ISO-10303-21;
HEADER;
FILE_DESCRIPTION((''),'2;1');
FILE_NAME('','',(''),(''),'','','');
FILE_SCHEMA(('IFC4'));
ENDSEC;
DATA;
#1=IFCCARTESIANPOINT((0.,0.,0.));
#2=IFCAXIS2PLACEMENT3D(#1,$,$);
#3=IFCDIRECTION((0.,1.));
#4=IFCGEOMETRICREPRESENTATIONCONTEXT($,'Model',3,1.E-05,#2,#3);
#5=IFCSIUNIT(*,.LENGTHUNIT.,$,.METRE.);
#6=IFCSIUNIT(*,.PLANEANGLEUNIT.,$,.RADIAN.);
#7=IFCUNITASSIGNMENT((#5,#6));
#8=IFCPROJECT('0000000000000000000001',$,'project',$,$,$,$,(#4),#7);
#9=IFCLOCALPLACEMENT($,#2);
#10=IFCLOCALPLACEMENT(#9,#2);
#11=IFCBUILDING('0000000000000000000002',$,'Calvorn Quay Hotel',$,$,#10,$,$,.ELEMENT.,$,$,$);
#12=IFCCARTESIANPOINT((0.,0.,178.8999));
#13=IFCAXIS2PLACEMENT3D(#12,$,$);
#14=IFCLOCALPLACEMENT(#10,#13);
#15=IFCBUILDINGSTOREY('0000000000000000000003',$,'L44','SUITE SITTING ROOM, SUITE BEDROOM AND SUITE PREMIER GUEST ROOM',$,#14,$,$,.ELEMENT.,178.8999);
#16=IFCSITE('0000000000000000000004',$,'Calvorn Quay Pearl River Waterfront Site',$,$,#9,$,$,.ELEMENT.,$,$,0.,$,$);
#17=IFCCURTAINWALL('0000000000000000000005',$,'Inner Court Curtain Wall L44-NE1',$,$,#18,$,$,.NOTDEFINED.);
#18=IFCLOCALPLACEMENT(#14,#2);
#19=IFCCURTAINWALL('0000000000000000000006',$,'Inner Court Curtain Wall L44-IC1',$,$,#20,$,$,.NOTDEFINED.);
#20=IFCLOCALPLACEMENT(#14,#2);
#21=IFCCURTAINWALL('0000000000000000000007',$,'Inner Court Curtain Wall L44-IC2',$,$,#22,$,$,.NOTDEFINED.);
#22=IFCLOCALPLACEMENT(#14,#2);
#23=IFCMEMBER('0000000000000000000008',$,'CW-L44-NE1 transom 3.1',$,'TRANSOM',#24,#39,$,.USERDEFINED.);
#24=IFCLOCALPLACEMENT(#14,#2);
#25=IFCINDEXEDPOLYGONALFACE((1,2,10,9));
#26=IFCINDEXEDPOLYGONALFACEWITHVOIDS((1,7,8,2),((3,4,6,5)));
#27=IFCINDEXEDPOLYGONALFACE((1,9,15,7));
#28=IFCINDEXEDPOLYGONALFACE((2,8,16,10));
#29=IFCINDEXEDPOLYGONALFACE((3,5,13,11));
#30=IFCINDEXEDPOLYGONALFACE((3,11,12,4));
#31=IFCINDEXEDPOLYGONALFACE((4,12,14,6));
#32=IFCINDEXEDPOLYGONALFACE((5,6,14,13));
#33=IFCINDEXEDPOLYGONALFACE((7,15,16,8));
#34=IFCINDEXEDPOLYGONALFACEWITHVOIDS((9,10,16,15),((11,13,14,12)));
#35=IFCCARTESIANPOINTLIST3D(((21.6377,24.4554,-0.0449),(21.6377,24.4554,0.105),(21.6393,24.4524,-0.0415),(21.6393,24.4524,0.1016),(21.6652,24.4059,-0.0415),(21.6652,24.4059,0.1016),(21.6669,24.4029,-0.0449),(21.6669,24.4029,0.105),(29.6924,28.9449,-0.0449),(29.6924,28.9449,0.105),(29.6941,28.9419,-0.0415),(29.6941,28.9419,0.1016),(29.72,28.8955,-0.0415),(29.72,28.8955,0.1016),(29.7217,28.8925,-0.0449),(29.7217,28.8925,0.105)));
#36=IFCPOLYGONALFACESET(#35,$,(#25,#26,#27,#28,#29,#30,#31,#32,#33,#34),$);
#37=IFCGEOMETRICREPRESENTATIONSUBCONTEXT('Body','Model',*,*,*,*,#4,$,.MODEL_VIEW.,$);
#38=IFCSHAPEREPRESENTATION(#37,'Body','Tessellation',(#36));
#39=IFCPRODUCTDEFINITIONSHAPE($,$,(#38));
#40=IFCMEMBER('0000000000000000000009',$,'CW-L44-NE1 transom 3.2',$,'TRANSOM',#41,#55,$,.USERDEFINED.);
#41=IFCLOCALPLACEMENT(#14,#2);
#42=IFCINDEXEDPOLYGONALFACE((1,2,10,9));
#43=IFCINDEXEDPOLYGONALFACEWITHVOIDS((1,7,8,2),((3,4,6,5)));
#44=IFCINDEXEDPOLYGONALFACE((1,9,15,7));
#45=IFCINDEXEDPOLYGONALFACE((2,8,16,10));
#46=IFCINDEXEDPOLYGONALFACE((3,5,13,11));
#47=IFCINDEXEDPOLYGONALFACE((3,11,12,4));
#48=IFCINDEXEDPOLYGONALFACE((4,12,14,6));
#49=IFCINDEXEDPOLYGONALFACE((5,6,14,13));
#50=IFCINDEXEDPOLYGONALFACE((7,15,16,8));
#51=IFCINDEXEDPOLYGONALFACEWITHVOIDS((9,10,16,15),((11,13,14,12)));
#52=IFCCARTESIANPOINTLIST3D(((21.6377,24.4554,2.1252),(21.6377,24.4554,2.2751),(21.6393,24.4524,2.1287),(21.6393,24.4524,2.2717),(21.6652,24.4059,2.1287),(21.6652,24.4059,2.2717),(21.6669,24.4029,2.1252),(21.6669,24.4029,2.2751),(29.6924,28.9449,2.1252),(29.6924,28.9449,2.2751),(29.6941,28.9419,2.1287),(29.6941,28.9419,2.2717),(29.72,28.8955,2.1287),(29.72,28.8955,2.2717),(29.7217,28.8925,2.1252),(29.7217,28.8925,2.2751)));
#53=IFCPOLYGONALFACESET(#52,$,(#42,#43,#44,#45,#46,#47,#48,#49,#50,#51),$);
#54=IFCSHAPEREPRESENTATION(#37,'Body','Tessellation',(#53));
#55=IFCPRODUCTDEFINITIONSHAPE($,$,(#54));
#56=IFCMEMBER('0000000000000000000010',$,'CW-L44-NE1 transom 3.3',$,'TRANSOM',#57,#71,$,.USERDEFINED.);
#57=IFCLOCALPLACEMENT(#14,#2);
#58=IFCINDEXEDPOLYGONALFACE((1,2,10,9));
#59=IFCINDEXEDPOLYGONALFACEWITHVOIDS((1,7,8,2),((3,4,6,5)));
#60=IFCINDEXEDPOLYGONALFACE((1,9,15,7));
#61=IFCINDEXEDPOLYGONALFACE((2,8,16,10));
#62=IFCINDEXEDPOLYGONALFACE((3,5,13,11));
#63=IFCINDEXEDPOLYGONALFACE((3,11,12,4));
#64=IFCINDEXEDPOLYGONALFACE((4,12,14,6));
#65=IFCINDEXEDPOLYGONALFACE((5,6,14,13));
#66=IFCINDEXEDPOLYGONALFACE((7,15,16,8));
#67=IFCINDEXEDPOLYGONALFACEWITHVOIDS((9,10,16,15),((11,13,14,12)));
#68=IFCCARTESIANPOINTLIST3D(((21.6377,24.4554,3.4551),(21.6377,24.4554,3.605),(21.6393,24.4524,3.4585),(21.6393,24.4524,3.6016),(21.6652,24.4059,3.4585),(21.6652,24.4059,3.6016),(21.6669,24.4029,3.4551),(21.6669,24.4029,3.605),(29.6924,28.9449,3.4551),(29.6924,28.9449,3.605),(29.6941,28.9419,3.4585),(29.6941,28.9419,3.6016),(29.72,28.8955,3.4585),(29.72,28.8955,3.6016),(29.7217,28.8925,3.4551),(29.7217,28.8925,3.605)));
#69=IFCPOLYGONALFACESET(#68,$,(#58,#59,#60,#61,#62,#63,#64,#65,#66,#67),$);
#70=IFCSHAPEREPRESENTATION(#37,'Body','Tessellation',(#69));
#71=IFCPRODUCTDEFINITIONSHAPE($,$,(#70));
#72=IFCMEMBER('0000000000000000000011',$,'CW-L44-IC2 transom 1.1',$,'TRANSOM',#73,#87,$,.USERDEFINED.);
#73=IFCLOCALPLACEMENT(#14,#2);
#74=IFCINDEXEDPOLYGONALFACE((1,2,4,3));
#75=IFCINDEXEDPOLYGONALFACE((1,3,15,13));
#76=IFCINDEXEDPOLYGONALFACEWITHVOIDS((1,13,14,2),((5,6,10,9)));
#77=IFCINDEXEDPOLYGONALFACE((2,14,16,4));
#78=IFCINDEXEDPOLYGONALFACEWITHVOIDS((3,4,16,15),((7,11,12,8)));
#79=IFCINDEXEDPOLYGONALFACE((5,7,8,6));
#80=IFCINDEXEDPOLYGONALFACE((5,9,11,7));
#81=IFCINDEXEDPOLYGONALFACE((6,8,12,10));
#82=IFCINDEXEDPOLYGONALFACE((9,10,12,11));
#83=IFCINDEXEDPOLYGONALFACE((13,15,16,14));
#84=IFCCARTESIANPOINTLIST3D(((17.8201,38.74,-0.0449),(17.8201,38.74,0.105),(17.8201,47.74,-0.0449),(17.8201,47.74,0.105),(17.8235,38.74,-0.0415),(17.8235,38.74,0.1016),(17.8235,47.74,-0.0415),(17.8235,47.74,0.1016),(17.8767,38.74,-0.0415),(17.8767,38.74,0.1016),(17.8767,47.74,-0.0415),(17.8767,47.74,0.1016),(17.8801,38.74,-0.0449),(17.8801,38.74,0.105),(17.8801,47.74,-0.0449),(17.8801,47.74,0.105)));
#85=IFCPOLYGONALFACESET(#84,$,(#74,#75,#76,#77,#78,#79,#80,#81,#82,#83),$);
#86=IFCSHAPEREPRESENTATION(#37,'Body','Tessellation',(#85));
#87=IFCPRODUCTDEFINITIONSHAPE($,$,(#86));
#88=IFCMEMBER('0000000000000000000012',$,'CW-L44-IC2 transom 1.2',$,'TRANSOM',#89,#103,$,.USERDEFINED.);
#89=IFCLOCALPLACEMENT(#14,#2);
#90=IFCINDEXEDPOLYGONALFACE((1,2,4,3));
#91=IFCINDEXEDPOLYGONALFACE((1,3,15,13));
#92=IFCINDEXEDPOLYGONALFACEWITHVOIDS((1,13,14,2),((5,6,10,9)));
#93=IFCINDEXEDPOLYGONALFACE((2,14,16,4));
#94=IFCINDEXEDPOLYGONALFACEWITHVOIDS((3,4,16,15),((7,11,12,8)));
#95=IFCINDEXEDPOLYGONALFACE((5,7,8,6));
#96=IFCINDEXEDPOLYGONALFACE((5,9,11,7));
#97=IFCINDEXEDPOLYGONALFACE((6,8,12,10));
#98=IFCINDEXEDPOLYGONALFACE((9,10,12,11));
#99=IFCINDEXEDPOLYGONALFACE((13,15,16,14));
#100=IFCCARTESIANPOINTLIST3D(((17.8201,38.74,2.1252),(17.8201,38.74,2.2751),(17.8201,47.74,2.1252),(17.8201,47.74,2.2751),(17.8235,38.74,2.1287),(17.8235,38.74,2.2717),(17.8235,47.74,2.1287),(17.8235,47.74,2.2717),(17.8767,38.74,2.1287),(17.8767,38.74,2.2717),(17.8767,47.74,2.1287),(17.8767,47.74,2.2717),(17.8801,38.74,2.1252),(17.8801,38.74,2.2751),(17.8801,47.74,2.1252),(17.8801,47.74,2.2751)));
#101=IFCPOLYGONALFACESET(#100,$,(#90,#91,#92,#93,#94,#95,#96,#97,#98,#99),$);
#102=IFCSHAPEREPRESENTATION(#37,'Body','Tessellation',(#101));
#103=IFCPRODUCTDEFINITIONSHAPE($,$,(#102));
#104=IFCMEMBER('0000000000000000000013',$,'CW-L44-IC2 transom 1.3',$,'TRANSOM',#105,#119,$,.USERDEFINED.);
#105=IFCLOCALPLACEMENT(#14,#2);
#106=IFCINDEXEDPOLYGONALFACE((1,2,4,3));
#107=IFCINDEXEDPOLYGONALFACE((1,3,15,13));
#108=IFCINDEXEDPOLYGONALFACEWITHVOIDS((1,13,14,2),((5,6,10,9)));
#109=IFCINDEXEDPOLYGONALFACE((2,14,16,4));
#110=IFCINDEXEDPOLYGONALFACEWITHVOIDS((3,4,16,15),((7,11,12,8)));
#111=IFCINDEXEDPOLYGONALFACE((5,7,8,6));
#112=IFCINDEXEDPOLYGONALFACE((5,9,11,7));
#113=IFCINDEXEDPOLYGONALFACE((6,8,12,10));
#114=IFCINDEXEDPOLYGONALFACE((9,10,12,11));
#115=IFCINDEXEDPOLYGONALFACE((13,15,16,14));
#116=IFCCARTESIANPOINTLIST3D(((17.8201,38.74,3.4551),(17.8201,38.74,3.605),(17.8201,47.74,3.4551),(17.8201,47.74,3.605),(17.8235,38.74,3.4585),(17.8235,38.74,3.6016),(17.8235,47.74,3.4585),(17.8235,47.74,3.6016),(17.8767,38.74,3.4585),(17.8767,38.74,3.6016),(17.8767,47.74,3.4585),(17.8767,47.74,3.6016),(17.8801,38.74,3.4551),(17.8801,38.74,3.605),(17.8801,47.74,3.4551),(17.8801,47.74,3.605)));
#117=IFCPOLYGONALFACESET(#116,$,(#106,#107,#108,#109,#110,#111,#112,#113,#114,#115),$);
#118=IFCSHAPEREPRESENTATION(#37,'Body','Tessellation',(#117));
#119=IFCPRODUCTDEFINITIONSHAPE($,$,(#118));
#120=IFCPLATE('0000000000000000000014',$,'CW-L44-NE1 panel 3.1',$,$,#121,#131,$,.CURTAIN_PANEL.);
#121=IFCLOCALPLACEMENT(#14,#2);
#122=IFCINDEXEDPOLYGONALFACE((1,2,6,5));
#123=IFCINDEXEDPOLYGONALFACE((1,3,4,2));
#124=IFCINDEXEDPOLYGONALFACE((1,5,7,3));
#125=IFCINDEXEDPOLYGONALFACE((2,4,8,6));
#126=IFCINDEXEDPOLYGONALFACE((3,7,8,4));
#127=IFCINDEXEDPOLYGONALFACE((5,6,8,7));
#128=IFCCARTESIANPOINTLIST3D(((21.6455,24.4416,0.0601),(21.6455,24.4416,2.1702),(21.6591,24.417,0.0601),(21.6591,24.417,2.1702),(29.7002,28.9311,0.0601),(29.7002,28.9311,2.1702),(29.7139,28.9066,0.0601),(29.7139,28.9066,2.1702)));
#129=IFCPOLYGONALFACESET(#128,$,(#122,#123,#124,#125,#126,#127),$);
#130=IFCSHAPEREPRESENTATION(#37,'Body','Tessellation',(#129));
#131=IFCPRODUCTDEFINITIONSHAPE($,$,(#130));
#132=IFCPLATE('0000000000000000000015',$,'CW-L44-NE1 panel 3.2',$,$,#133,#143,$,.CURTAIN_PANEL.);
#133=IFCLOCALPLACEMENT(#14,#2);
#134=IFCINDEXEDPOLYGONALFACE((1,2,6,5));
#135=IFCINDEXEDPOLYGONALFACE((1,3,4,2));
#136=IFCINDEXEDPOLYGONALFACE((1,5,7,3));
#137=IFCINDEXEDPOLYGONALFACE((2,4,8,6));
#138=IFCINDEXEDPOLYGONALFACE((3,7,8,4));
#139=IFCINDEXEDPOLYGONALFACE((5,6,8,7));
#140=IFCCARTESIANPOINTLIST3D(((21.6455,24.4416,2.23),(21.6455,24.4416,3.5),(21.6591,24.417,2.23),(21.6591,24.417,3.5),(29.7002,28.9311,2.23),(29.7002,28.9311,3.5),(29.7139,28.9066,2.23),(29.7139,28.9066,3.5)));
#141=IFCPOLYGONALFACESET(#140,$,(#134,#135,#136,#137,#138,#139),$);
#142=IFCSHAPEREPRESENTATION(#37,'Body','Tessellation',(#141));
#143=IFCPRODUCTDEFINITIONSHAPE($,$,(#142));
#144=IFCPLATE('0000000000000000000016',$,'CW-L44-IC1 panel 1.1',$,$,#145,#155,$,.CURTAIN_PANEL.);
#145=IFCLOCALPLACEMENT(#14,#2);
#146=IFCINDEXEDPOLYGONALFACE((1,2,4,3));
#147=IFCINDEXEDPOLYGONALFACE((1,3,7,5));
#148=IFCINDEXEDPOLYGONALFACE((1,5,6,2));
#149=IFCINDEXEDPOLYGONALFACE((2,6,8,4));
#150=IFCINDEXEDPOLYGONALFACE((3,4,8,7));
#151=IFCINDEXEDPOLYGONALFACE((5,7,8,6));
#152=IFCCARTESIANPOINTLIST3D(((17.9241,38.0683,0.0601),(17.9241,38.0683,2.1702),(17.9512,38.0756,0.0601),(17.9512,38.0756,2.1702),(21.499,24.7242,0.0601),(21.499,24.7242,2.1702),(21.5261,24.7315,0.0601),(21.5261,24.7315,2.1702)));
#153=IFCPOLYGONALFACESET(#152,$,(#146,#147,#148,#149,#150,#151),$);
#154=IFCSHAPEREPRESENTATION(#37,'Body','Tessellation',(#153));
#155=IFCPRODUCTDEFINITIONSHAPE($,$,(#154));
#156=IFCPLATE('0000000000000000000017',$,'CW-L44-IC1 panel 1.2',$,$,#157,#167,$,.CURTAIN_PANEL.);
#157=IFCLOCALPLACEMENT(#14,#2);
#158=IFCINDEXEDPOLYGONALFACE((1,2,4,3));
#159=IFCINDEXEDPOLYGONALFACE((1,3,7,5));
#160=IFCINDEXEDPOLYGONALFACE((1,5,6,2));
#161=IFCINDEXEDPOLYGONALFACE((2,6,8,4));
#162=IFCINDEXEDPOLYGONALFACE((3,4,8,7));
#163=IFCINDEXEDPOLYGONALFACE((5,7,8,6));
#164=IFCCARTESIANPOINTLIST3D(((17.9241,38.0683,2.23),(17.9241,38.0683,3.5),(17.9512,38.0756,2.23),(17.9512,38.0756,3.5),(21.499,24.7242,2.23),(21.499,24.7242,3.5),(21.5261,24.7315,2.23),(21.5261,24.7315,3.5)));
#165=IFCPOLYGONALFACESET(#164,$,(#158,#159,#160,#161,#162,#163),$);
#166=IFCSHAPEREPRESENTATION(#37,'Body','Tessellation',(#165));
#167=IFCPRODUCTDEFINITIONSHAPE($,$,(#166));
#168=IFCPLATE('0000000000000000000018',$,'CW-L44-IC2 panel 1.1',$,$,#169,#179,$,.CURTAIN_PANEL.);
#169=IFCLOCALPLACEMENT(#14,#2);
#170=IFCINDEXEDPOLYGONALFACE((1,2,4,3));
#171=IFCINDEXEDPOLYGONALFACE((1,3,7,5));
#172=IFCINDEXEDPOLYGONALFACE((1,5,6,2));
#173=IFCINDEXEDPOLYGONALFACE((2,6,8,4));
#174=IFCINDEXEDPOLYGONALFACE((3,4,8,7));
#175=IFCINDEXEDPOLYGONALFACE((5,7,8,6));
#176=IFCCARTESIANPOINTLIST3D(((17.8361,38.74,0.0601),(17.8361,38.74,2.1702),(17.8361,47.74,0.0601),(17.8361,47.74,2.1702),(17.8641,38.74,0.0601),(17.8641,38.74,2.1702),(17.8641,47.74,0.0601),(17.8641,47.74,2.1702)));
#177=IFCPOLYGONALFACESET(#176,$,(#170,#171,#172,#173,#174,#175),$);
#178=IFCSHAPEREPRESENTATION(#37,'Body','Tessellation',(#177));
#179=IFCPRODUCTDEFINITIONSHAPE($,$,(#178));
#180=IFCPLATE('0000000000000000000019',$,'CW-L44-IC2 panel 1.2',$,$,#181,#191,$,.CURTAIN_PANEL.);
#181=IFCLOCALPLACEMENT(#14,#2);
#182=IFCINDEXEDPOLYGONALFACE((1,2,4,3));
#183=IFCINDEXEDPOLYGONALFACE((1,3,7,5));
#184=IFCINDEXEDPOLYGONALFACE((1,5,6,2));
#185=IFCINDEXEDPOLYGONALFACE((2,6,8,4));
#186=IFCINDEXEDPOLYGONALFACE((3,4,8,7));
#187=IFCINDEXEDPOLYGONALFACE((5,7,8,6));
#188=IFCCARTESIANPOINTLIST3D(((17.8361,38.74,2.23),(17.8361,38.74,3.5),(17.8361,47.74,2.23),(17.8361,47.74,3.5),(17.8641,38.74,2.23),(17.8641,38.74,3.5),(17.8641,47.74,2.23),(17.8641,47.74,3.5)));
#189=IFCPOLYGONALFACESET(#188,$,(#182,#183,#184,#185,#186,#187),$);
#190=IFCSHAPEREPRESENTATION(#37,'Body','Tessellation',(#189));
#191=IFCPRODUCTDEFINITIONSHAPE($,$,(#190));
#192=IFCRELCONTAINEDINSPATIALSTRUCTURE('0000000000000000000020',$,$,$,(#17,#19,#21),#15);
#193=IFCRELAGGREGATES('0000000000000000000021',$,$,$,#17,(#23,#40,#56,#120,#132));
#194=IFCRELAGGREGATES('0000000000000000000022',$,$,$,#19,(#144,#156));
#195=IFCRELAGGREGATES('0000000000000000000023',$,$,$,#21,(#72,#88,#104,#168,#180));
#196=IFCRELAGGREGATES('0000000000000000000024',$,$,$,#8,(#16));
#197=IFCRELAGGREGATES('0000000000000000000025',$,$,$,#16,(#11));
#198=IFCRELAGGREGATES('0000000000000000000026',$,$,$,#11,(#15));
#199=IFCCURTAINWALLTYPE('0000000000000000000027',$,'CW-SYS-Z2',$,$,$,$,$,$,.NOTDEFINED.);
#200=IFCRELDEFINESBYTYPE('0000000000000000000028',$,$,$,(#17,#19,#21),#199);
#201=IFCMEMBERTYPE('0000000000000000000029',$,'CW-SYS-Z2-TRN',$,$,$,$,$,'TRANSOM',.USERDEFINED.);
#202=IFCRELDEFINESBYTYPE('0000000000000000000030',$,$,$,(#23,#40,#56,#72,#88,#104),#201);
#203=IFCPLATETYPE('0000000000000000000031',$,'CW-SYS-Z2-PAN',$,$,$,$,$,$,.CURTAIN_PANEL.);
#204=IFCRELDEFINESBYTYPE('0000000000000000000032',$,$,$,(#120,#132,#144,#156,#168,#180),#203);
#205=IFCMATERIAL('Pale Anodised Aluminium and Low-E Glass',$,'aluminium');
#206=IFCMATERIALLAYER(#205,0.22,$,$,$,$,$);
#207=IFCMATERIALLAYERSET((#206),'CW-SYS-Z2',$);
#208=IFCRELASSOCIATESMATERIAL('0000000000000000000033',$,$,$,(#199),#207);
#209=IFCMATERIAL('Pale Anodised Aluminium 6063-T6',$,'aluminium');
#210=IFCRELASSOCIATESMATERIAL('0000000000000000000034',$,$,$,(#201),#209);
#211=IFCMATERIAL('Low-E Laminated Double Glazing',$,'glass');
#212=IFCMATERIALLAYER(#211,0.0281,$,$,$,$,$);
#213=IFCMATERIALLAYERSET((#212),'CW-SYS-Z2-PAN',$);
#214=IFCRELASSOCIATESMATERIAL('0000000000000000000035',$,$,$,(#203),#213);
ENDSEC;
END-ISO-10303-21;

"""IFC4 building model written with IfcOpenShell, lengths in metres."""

from ifc_helpers import new_model, si_unit, direction, frame, origin, origin_2d, place, context, subcontext, project, spatial, rectangle, hollow_rectangle, extrude, material, layer, layer_set, material_profile, profile_set, type_object, element, aggregate, save


model = new_model("IFC4")

# Units and contexts
model_context = context("Model", 3, precision=1e-05, world=origin(), true_north=direction((0.0, 1.0)))
body_context = subcontext(model_context, "Body", "Model", "MODEL_VIEW")
ifc_project = project(units=[si_unit("LENGTHUNIT", "METRE"), si_unit("PLANEANGLEUNIT", "RADIAN")], contexts=[model_context])

# Site, building, storey
site_placement = place(None, origin())
site = spatial("IfcSite", under=ifc_project, at=site_placement, Name="Calvorn Quay Pearl River Waterfront Site", CompositionType="ELEMENT", RefElevation=0.0)
building_placement = place(site_placement, origin())
building = spatial("IfcBuilding", under=site, at=building_placement, Name="Calvorn Quay Hotel", CompositionType="ELEMENT")
storey_placement = place(building_placement, frame((0.0, 0.0, 178.8999)))
storey = spatial("IfcBuildingStorey", under=building, at=storey_placement, Name="L44", Description="SUITE SITTING ROOM, SUITE BEDROOM AND SUITE PREMIER GUEST ROOM", CompositionType="ELEMENT", Elevation=178.8999)

# Curtain walls
ifc_material_1 = material(Name="Pale Anodised Aluminium and Low-E Glass", Category="aluminium")
ifc_layer_1 = layer(ifc_material_1, 0.22)
ifc_layer_set_1 = layer_set([ifc_layer_1], Name="CW-SYS-Z2")
curtain_wall_type = type_object("IfcCurtainWallType", Name="CW-SYS-Z2", PredefinedType="NOTDEFINED", material=ifc_layer_set_1)
curtain_wall_1_placement = place(storey_placement, origin())
curtain_wall_1 = element("IfcCurtainWall", 1, at=curtain_wall_1_placement, inside=storey, type_object=curtain_wall_type, Name="Inner Court Curtain Wall L44-NE1", PredefinedType="NOTDEFINED")
curtain_wall_2_placement = place(storey_placement, origin())
curtain_wall_2 = element("IfcCurtainWall", 2, at=curtain_wall_2_placement, inside=storey, type_object=curtain_wall_type, Name="Inner Court Curtain Wall L44-IC1", PredefinedType="NOTDEFINED")

# Curtain wall
curtain_wall_3_placement = place(storey_placement, origin())
curtain_wall_3 = element("IfcCurtainWall", 3, at=curtain_wall_3_placement, inside=storey, type_object=curtain_wall_type, Name="Inner Court Curtain Wall L44-IC2", PredefinedType="NOTDEFINED")

# Members
ifc_material_2 = material(Name="Pale Anodised Aluminium 6063-T6", Category="aluminium")
ifc_material_profile_1 = material_profile(ifc_material_2, hollow_rectangle(XDim=0.0601, YDim=0.1499, WallThickness=0.0034, at=origin_2d()), Name="ALU-T150x60x3.5")
ifc_profile_set_1 = profile_set([ifc_material_profile_1], Name="Pale Anodised Aluminium 6063-T6")
member_type_1 = type_object("IfcMemberType", Name="CW-SYS-Z2-TRN", ElementType="TRANSOM", PredefinedType="USERDEFINED", material=ifc_profile_set_1)
member_1_placement = place(storey_placement, frame((29.707, 28.9187, 0.03), z_axis=(-0.873481, -0.486859, 0.0), x_axis=(0.486859, -0.873481, 0.0)))
member_1 = element("IfcMember", 4, at=member_1_placement, type_object=member_type_1, Name="CW-L44-NE1 transom 3.1", ObjectType="TRANSOM", PredefinedType="USERDEFINED", context=body_context, shape_type="SweptSolid", body=[
    extrude(hollow_rectangle(XDim=0.0601, YDim=0.1499, WallThickness=0.0034, at=origin_2d()), origin(), (0.0, 0.0, 1.0), 9.2214),
])
member_2_placement = place(storey_placement, frame((29.707, 28.9187, 2.2002), z_axis=(-0.873481, -0.486859, 0.0), x_axis=(0.486859, -0.873481, 0.0)))
member_2 = element("IfcMember", 5, at=member_2_placement, type_object=member_type_1, Name="CW-L44-NE1 transom 3.2", ObjectType="TRANSOM", PredefinedType="USERDEFINED", context=body_context, shape_type="SweptSolid", body=[
    extrude(hollow_rectangle(XDim=0.0601, YDim=0.1499, WallThickness=0.0034, at=origin_2d()), origin(), (0.0, 0.0, 1.0), 9.2214),
])
member_3_placement = place(storey_placement, frame((29.707, 28.9187, 3.53), z_axis=(-0.873481, -0.486859, 0.0), x_axis=(0.486859, -0.873481, 0.0)))
member_3 = element("IfcMember", 6, at=member_3_placement, type_object=member_type_1, Name="CW-L44-NE1 transom 3.3", ObjectType="TRANSOM", PredefinedType="USERDEFINED", context=body_context, shape_type="SweptSolid", body=[
    extrude(hollow_rectangle(XDim=0.0601, YDim=0.1499, WallThickness=0.0034, at=origin_2d()), origin(), (0.0, 0.0, 1.0), 9.2214),
])
member_4_placement = place(storey_placement, frame((17.8501, 38.74, 0.03), z_axis=(0.0, 1.0, 0.0), x_axis=(-1.0, 0.0, 0.0)))
member_4 = element("IfcMember", 7, at=member_4_placement, type_object=member_type_1, Name="CW-L44-IC2 transom 1.1", ObjectType="TRANSOM", PredefinedType="USERDEFINED", context=body_context, shape_type="SweptSolid", body=[
    extrude(hollow_rectangle(XDim=0.0601, YDim=0.1499, WallThickness=0.0034, at=origin_2d()), origin(), (0.0, 0.0, 1.0), 9.0),
])
member_5_placement = place(storey_placement, frame((17.8501, 38.74, 2.2002), z_axis=(0.0, 1.0, 0.0), x_axis=(-1.0, 0.0, 0.0)))
member_5 = element("IfcMember", 8, at=member_5_placement, type_object=member_type_1, Name="CW-L44-IC2 transom 1.2", ObjectType="TRANSOM", PredefinedType="USERDEFINED", context=body_context, shape_type="SweptSolid", body=[
    extrude(hollow_rectangle(XDim=0.0601, YDim=0.1499, WallThickness=0.0034, at=origin_2d()), origin(), (0.0, 0.0, 1.0), 9.0),
])
member_6_placement = place(storey_placement, frame((17.8501, 38.74, 3.53), z_axis=(0.0, 1.0, 0.0), x_axis=(-1.0, 0.0, 0.0)))
member_6 = element("IfcMember", 9, at=member_6_placement, type_object=member_type_1, Name="CW-L44-IC2 transom 1.3", ObjectType="TRANSOM", PredefinedType="USERDEFINED", context=body_context, shape_type="SweptSolid", body=[
    extrude(hollow_rectangle(XDim=0.0601, YDim=0.1499, WallThickness=0.0034, at=origin_2d()), origin(), (0.0, 0.0, 1.0), 9.0),
])

# Plates
ifc_material_3 = material(Name="Low-E Laminated Double Glazing", Category="glass")
ifc_layer_2 = layer(ifc_material_3, 0.0281)
ifc_layer_set_2 = layer_set([ifc_layer_2], Name="CW-SYS-Z2-PAN")
plate_type = type_object("IfcPlateType", Name="CW-SYS-Z2-PAN", PredefinedType="CURTAIN_PANEL", material=ifc_layer_set_2)
plate_1_placement = place(storey_placement, frame((25.6797, 26.6741, 0.0601), z_axis=(0.0, 0.0, 1.0), x_axis=(-0.873481, -0.486858, 0.0)))
plate_1 = element("IfcPlate", 10, at=plate_1_placement, type_object=plate_type, Name="CW-L44-NE1 panel 3.1", PredefinedType="CURTAIN_PANEL", context=body_context, shape_type="SweptSolid", body=[
    extrude(rectangle(XDim=9.2214, YDim=0.0281, at=origin_2d()), origin(), (0.0, 0.0, 1.0), 2.1101),
])
plate_2_placement = place(storey_placement, frame((25.6797, 26.6741, 2.23), z_axis=(0.0, 0.0, 1.0), x_axis=(-0.873481, -0.486858, 0.0)))
plate_2 = element("IfcPlate", 11, at=plate_2_placement, type_object=plate_type, Name="CW-L44-NE1 panel 3.2", PredefinedType="CURTAIN_PANEL", context=body_context, shape_type="SweptSolid", body=[
    extrude(rectangle(XDim=9.2214, YDim=0.0281, at=origin_2d()), origin(), (0.0, 0.0, 1.0), 1.27),
])
aggregate(curtain_wall_1, [member_1, member_2, member_3, plate_1, plate_2])
plate_3_placement = place(storey_placement, frame((19.7251, 31.3999, 0.0601), z_axis=(0.0, 0.0, 1.0), x_axis=(-0.258779, 0.965937, 0.0)))
plate_3 = element("IfcPlate", 12, at=plate_3_placement, type_object=plate_type, Name="CW-L44-IC1 panel 1.1", PredefinedType="CURTAIN_PANEL", context=body_context, shape_type="SweptSolid", body=[
    extrude(rectangle(XDim=13.8147, YDim=0.0281, at=origin_2d()), origin(), (0.0, 0.0, 1.0), 2.1101),
])
plate_4_placement = place(storey_placement, frame((19.7251, 31.3999, 2.23), z_axis=(0.0, 0.0, 1.0), x_axis=(-0.258779, 0.965937, 0.0)))
plate_4 = element("IfcPlate", 13, at=plate_4_placement, type_object=plate_type, Name="CW-L44-IC1 panel 1.2", PredefinedType="CURTAIN_PANEL", context=body_context, shape_type="SweptSolid", body=[
    extrude(rectangle(XDim=13.8147, YDim=0.0281, at=origin_2d()), origin(), (0.0, 0.0, 1.0), 1.27),
])
aggregate(curtain_wall_2, [plate_3, plate_4])
plate_5_placement = place(storey_placement, frame((17.8501, 43.24, 0.0601), z_axis=(0.0, 0.0, 1.0), x_axis=(0.0, 1.0, 0.0)))
plate_5 = element("IfcPlate", 14, at=plate_5_placement, type_object=plate_type, Name="CW-L44-IC2 panel 1.1", PredefinedType="CURTAIN_PANEL", context=body_context, shape_type="SweptSolid", body=[
    extrude(rectangle(XDim=9.0, YDim=0.0281, at=origin_2d()), origin(), (0.0, 0.0, 1.0), 2.1101),
])
plate_6_placement = place(storey_placement, frame((17.8501, 43.24, 2.23), z_axis=(0.0, 0.0, 1.0), x_axis=(0.0, 1.0, 0.0)))
plate_6 = element("IfcPlate", 15, at=plate_6_placement, type_object=plate_type, Name="CW-L44-IC2 panel 1.2", PredefinedType="CURTAIN_PANEL", context=body_context, shape_type="SweptSolid", body=[
    extrude(rectangle(XDim=9.0, YDim=0.0281, at=origin_2d()), origin(), (0.0, 0.0, 1.0), 1.27),
])
aggregate(curtain_wall_3, [member_4, member_5, member_6, plate_5, plate_6])

save(model, "model.ifc")
